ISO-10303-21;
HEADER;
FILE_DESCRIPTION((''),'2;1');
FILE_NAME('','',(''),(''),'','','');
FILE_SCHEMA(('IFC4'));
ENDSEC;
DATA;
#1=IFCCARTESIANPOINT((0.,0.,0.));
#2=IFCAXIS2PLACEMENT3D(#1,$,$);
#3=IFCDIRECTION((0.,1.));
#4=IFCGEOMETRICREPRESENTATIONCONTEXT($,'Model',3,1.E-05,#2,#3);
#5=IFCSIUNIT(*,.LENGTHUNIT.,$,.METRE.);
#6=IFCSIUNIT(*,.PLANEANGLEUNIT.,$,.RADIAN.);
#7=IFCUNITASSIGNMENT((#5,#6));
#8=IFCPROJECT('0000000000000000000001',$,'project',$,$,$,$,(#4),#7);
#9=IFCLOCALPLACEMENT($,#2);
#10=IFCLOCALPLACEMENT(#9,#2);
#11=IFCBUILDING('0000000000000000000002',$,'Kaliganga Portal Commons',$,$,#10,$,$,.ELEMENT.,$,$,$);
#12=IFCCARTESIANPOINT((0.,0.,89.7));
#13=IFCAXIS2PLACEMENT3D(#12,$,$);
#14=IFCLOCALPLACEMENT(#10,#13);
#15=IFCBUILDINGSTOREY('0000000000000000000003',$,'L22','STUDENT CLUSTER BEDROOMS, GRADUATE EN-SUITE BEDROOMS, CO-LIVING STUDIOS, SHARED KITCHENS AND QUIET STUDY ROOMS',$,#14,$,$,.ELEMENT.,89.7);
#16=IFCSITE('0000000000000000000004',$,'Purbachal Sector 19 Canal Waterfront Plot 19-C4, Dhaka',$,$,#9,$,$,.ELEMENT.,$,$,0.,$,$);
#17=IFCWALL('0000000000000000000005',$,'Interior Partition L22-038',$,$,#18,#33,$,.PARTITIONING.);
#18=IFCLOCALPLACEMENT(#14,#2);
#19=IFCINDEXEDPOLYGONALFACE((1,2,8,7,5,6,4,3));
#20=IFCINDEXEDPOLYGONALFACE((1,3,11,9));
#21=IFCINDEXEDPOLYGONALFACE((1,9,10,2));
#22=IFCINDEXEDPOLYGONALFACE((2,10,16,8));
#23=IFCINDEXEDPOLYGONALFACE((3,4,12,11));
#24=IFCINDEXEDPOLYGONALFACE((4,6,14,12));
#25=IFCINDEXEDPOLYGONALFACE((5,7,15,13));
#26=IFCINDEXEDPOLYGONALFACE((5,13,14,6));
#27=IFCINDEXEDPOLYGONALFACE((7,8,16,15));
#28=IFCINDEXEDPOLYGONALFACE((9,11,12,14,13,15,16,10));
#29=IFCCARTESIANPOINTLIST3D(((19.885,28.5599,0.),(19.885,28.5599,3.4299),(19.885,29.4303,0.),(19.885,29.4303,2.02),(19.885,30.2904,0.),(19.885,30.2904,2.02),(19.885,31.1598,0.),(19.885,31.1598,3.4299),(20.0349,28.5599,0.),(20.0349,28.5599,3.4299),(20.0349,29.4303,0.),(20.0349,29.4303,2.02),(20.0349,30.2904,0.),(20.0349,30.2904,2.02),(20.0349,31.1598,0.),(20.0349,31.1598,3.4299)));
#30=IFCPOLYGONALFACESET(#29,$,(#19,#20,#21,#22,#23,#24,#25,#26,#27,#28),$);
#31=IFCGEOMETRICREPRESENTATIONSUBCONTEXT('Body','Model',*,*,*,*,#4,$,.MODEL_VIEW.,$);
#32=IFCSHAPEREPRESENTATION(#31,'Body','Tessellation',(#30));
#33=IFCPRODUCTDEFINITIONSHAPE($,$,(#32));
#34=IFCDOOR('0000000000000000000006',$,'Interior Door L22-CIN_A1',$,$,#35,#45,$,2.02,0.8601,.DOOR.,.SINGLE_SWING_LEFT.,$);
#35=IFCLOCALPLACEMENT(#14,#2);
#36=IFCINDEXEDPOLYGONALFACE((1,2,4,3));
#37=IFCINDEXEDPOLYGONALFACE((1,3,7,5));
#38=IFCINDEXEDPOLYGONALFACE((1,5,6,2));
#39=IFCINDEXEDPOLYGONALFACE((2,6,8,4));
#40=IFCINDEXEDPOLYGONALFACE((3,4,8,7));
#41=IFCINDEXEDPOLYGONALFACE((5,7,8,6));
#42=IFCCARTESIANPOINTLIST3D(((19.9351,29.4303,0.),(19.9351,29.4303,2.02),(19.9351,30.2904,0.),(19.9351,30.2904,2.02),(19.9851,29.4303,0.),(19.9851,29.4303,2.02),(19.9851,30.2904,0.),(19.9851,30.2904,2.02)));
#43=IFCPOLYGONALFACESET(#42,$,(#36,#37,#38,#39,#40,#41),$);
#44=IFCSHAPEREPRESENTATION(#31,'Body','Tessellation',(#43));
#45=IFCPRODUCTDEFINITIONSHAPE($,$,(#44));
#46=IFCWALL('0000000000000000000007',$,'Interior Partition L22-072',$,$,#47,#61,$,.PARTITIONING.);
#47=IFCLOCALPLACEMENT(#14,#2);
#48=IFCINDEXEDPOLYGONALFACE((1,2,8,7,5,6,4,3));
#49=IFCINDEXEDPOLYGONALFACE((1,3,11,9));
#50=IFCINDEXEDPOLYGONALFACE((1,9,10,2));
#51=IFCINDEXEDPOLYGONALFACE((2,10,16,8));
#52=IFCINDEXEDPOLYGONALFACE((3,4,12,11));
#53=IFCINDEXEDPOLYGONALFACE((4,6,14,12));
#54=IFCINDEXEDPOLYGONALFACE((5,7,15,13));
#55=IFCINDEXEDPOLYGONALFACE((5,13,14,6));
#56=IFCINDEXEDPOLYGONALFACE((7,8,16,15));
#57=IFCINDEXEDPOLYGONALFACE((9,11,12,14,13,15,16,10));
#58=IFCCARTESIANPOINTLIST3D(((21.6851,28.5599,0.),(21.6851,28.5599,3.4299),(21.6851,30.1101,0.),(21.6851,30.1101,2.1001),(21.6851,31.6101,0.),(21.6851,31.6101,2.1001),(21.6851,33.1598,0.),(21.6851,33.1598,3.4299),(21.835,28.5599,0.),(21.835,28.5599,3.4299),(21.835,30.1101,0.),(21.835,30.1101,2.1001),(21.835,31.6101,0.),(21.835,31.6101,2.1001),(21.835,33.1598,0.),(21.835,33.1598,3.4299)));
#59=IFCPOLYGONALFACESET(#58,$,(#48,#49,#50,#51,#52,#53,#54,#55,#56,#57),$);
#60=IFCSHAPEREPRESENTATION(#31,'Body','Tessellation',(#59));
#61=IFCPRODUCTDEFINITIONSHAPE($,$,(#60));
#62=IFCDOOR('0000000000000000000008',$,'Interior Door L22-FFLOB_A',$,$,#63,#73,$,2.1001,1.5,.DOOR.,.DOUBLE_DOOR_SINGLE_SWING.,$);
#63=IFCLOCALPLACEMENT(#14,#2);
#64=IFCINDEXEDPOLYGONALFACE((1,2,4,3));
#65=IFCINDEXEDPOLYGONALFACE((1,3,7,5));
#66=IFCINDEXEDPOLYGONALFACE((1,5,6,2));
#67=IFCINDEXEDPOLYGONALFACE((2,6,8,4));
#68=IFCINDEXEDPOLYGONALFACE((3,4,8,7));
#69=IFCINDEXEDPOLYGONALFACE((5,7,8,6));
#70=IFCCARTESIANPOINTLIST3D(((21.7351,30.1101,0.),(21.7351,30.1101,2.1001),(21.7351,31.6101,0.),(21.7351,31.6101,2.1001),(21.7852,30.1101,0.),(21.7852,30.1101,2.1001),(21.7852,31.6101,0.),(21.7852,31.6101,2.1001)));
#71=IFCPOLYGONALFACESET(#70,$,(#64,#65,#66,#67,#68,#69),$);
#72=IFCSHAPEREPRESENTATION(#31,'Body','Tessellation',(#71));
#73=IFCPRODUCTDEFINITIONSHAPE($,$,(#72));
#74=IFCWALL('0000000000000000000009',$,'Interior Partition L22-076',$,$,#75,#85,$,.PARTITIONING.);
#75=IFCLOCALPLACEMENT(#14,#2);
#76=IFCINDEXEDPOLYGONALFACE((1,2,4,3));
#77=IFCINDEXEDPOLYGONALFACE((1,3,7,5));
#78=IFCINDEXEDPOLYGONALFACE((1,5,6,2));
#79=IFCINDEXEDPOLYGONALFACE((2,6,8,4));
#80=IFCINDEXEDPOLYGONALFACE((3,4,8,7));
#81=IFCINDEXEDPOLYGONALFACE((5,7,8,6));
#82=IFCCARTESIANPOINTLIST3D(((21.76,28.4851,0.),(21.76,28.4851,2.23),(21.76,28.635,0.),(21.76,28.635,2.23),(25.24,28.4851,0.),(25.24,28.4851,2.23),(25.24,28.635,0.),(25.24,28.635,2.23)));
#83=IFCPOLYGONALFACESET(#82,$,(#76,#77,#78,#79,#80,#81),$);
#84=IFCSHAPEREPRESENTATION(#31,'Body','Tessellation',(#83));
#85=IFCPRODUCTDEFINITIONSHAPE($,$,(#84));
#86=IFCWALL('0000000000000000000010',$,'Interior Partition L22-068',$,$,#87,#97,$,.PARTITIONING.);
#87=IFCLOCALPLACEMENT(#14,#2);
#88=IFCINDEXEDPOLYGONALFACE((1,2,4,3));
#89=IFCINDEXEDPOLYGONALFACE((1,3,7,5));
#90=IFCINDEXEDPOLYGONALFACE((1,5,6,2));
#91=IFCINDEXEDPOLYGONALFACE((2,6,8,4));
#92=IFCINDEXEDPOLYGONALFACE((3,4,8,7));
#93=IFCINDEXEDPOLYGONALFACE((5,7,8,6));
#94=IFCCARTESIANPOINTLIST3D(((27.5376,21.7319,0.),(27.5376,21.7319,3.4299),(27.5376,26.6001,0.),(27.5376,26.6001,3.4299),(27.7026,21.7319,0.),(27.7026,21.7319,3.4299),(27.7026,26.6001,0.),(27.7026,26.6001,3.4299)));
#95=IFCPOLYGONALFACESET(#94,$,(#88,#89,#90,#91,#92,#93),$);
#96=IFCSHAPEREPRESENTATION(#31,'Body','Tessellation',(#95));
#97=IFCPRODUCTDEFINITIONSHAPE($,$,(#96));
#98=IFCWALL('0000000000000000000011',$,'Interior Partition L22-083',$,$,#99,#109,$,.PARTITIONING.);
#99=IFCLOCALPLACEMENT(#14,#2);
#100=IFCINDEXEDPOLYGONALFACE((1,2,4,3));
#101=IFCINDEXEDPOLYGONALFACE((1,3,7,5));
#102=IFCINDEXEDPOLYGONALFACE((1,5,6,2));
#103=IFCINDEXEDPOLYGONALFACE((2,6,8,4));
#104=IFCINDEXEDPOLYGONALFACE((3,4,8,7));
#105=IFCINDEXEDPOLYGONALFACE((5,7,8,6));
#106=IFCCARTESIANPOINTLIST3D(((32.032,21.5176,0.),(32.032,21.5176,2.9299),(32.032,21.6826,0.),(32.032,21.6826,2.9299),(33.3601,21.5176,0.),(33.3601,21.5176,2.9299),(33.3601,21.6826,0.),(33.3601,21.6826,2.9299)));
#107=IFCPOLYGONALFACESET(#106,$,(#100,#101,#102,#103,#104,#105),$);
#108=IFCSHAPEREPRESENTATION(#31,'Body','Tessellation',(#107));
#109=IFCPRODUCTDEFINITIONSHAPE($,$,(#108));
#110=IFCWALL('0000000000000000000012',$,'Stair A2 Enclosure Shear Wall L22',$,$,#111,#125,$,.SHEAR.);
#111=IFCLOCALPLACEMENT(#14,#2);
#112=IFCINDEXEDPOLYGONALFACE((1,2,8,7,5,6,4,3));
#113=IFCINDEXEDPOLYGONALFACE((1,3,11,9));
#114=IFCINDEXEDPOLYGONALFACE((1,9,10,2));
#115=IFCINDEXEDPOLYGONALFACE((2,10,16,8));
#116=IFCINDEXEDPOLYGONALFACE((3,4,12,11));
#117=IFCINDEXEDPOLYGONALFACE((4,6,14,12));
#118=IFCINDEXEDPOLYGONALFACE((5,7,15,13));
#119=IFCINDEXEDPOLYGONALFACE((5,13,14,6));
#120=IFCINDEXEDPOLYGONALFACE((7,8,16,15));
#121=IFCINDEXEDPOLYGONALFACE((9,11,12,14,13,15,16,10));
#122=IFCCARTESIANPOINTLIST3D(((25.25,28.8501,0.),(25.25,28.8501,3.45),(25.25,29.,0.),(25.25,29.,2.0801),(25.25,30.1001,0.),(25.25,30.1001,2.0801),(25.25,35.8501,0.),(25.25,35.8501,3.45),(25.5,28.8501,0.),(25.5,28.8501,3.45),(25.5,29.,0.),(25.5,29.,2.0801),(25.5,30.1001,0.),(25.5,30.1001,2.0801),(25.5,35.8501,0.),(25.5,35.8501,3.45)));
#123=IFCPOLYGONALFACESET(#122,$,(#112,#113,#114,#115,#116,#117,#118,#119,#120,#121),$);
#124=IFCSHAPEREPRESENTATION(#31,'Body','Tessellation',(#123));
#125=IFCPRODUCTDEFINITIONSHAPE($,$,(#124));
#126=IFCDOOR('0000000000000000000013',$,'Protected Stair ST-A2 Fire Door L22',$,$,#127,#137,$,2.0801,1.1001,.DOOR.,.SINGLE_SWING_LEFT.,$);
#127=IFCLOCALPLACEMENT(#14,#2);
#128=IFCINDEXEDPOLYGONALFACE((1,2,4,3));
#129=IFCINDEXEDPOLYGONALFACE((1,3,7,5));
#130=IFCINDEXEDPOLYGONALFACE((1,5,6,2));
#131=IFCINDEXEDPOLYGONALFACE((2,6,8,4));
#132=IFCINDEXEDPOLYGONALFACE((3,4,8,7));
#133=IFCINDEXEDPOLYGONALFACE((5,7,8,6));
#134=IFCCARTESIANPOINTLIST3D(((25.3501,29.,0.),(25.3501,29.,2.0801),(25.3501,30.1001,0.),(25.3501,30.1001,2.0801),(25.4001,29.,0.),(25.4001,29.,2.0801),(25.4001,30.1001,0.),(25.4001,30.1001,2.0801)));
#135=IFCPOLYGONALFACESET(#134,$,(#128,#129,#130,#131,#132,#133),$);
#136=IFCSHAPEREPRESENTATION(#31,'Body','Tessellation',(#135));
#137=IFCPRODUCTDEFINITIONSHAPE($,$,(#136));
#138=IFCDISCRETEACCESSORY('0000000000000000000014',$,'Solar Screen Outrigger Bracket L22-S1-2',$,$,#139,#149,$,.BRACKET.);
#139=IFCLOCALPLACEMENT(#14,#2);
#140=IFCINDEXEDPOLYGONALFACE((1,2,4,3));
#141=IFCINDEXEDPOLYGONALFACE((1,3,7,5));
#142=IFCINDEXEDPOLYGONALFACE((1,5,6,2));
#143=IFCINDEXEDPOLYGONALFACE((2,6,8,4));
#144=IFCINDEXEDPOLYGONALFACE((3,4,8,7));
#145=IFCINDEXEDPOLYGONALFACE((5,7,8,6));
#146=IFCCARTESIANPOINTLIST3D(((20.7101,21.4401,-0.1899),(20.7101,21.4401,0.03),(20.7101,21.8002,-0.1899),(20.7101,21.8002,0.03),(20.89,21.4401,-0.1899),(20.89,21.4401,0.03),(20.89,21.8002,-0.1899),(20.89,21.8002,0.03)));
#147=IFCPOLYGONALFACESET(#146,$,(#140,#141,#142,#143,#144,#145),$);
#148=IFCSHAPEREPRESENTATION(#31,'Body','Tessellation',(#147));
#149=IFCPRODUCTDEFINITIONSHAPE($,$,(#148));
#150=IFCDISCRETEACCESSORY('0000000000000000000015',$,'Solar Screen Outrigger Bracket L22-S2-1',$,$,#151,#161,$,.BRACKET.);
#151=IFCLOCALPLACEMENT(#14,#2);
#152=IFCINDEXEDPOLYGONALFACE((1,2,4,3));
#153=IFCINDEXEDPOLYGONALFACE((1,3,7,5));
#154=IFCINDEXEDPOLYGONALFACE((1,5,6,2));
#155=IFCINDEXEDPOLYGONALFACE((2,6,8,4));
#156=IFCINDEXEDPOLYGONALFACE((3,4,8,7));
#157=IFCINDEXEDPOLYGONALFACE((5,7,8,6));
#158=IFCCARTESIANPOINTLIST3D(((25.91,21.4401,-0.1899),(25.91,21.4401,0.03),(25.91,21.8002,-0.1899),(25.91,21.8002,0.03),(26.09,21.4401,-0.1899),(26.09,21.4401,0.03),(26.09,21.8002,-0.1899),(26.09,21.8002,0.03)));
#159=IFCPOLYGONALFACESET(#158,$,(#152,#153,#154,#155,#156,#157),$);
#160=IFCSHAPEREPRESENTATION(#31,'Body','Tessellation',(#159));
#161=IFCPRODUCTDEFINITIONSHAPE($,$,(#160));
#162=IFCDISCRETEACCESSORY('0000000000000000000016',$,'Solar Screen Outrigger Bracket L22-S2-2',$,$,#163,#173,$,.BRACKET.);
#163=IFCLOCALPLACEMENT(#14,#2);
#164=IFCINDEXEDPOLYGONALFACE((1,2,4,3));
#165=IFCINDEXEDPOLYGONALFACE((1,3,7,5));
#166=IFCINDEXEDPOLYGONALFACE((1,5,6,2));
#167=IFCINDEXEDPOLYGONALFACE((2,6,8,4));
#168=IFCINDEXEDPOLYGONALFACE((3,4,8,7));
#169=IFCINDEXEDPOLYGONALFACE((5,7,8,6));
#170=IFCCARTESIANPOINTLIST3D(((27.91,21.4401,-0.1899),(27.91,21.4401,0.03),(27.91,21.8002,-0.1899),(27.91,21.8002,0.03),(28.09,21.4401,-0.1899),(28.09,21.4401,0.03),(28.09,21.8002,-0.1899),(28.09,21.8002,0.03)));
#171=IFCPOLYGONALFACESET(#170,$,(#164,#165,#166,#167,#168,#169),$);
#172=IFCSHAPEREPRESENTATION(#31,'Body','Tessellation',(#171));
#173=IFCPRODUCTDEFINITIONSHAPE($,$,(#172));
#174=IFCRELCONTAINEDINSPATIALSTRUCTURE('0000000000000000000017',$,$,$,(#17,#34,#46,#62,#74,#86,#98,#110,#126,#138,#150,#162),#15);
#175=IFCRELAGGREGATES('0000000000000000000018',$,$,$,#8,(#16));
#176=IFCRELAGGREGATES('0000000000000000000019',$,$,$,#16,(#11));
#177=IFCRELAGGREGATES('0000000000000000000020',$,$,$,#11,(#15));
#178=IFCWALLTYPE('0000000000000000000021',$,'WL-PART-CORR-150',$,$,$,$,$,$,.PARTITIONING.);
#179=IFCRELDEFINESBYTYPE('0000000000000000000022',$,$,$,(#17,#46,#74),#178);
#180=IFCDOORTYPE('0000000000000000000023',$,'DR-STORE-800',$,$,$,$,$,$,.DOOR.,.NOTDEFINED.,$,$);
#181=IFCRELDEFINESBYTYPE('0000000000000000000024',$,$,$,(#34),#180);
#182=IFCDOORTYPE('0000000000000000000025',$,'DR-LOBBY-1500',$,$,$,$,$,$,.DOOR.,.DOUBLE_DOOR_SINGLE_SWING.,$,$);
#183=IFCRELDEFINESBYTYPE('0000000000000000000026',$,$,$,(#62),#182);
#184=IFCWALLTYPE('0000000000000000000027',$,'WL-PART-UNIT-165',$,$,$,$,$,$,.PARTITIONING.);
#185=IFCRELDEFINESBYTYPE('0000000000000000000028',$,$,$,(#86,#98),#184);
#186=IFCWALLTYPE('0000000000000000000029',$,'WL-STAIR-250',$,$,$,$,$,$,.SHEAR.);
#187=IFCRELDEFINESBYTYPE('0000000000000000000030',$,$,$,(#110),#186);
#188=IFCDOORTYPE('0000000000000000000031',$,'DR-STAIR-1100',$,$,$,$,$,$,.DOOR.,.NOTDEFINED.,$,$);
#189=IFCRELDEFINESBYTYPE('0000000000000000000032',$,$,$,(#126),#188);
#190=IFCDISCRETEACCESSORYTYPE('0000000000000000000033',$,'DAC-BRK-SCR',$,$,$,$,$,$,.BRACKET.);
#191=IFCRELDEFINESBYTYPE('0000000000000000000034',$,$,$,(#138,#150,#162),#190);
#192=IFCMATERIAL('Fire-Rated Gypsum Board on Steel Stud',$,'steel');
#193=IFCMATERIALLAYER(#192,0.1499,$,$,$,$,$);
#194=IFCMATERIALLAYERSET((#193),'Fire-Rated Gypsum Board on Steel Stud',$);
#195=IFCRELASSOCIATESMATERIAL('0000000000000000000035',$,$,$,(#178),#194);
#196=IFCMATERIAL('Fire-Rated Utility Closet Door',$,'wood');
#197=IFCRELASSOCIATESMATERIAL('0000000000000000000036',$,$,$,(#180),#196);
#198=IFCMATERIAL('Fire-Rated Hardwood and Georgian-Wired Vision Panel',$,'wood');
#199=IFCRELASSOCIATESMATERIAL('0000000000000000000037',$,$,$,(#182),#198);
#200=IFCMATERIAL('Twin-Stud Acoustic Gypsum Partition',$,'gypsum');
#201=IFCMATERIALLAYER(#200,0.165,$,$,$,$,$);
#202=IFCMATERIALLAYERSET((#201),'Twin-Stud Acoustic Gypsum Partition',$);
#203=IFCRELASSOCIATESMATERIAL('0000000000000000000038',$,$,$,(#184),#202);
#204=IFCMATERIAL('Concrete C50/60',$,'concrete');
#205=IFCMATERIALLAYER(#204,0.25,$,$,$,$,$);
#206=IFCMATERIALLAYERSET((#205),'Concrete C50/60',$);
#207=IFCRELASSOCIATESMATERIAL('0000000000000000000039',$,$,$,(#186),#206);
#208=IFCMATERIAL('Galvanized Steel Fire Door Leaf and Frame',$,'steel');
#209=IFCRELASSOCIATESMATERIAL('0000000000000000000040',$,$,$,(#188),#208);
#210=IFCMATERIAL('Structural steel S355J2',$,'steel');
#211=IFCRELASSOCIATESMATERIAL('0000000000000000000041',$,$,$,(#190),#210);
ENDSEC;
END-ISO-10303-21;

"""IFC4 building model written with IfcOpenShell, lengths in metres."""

from ifc_helpers import new_model, si_unit, direction, frame, frame_2d, origin, origin_2d, place, context, subcontext, project, spatial, rectangle, extrude, source, transform, mapped, material, layer, layer_set, type_object, element, fill, save


model = new_model("IFC4")

# Units and contexts
model_context = context("Model", 3, precision=1e-05, world=origin(), true_north=direction((0.0, 1.0)))
body_context = subcontext(model_context, "Body", "Model", "MODEL_VIEW")
ifc_project = project(units=[si_unit("LENGTHUNIT", "METRE"), si_unit("PLANEANGLEUNIT", "RADIAN")], contexts=[model_context])

# Site, building, storey
site_placement = place(None, origin())
site = spatial("IfcSite", under=ifc_project, at=site_placement, Name="Purbachal Sector 19 Canal Waterfront Plot 19-C4, Dhaka", CompositionType="ELEMENT", RefElevation=0.0)
building_placement = place(site_placement, origin())
building = spatial("IfcBuilding", under=site, at=building_placement, Name="Kaliganga Portal Commons", CompositionType="ELEMENT")
storey_placement = place(building_placement, frame((0.0, 0.0, 89.7)))
storey = spatial("IfcBuildingStorey", under=building, at=storey_placement, Name="L22", Description="STUDENT CLUSTER BEDROOMS, GRADUATE EN-SUITE BEDROOMS, CO-LIVING STUDIOS, SHARED KITCHENS AND QUIET STUDY ROOMS", CompositionType="ELEMENT", Elevation=89.7)

# Shared definitions
ifc_material_1 = material(Name="Structural steel S355J2", Category="steel")

# Walls, openings, doors
ifc_material_2 = material(Name="Fire-Rated Gypsum Board on Steel Stud", Category="steel")
ifc_layer_1 = layer(ifc_material_2, 0.1499)
ifc_layer_set_1 = layer_set([ifc_layer_1], Name="Fire-Rated Gypsum Board on Steel Stud")
wall_type_1 = type_object("IfcWallType", Name="WL-PART-CORR-150", PredefinedType="PARTITIONING", material=ifc_layer_set_1)
ifc_material_3 = material(Name="Fire-Rated Utility Closet Door", Category="wood")
door_type_1 = type_object("IfcDoorType", Name="DR-STORE-800", OperationType="NOTDEFINED", PredefinedType="DOOR", material=ifc_material_3)
wall_1_placement = place(storey_placement, frame((19.96, 28.5601, 0.0), z_axis=(0.0, 0.0, 1.0), x_axis=(0.0, 1.0, 0.0)))
wall_1 = element("IfcWall", 1, at=wall_1_placement, inside=storey, type_object=wall_type_1, Name="Interior Partition L22-038", PredefinedType="PARTITIONING", context=body_context, shape_type="SweptSolid", body=[
    extrude(rectangle(XDim=2.5999, YDim=0.1499, at=frame_2d((1.2998, 0.0))), origin(), (0.0, 0.0, 1.0), 3.4299),
])
opening_1_placement = place(wall_1_placement, frame((0.8701, 0.0, 0.0)))
opening_1 = element("IfcOpeningElement", 2, at=opening_1_placement, cuts=wall_1, PredefinedType="OPENING", context=body_context, shape_type="SweptSolid", body=[
    extrude(rectangle(XDim=0.8601, YDim=2.02, at=frame_2d((0.4302, 1.01))), frame((0.0, 0.085, 0.0), z_axis=(0.0, -1.0, 0.0), x_axis=(1.0, 0.0, 0.0)), (0.0, 0.0, 1.0), 0.1699),
])
door_1_placement = place(opening_1_placement, origin())
door_1 = element("IfcDoor", 3, at=door_1_placement, inside=storey, type_object=door_type_1, Name="Interior Door L22-CIN_A1", OperationType="SINGLE_SWING_LEFT", OverallHeight=2.02, OverallWidth=0.8601, PredefinedType="DOOR", context=body_context, shape_type="SweptSolid", body=[
    extrude(rectangle(XDim=0.8601, YDim=2.02, at=frame_2d((0.4302, 1.01))), frame((0.0, 0.0249, 0.0), z_axis=(0.0, -1.0, 0.0), x_axis=(1.0, 0.0, 0.0)), (0.0, 0.0, 1.0), 0.05),
])
fill(opening_1, door_1)
wall_2_placement = place(storey_placement, frame((21.76, 28.5601, 0.0), z_axis=(0.0, 0.0, 1.0), x_axis=(0.0, 1.0, 0.0)))
wall_2 = element("IfcWall", 4, at=wall_2_placement, inside=storey, type_object=wall_type_1, Name="Interior Partition L22-072", PredefinedType="PARTITIONING", context=body_context, shape_type="SweptSolid", body=[
    extrude(rectangle(XDim=4.5999, YDim=0.1499, at=frame_2d((2.2998, 0.0))), origin(), (0.0, 0.0, 1.0), 3.4299),
])
opening_2_placement = place(wall_2_placement, frame((1.55, 0.0, 0.0)))
opening_2 = element("IfcOpeningElement", 5, at=opening_2_placement, cuts=wall_2, PredefinedType="OPENING", context=body_context, shape_type="SweptSolid", body=[
    extrude(rectangle(XDim=1.5, YDim=2.1001, at=frame_2d((0.75, 1.05))), frame((0.0, 0.085, 0.0), z_axis=(0.0, -1.0, 0.0), x_axis=(1.0, 0.0, 0.0)), (0.0, 0.0, 1.0), 0.1699),
])
ifc_material_4 = material(Name="Fire-Rated Hardwood and Georgian-Wired Vision Panel", Category="wood")
door_type_2 = type_object("IfcDoorType", Name="DR-LOBBY-1500", OperationType="DOUBLE_DOOR_SINGLE_SWING", PredefinedType="DOOR", material=ifc_material_4)
door_2_placement = place(opening_2_placement, origin())
door_2 = element("IfcDoor", 6, at=door_2_placement, inside=storey, type_object=door_type_2, Name="Interior Door L22-FFLOB_A", OperationType="DOUBLE_DOOR_SINGLE_SWING", OverallHeight=2.1001, OverallWidth=1.5, PredefinedType="DOOR", context=body_context, shape_type="SweptSolid", body=[
    extrude(rectangle(XDim=1.5, YDim=2.1001, at=frame_2d((0.75, 1.05))), frame((0.0, 0.0249, 0.0), z_axis=(0.0, -1.0, 0.0), x_axis=(1.0, 0.0, 0.0)), (0.0, 0.0, 1.0), 0.05),
])
fill(opening_2, door_2)

# Walls
wall_3_placement = place(storey_placement, frame((21.76, 28.5601, 0.0), z_axis=(0.0, 0.0, 1.0), x_axis=(1.0, 0.0, 0.0)))
element("IfcWall", 7, at=wall_3_placement, inside=storey, type_object=wall_type_1, Name="Interior Partition L22-076", PredefinedType="PARTITIONING", context=body_context, shape_type="SweptSolid", body=[
    extrude(rectangle(XDim=3.48, YDim=0.1499, at=frame_2d((1.74, 0.0))), origin(), (0.0, 0.0, 1.0), 2.23),
])
ifc_material_5 = material(Name="Twin-Stud Acoustic Gypsum Partition", Category="gypsum")
ifc_layer_2 = layer(ifc_material_5, 0.165)
ifc_layer_set_2 = layer_set([ifc_layer_2], Name="Twin-Stud Acoustic Gypsum Partition")
wall_type_2 = type_object("IfcWallType", Name="WL-PART-UNIT-165", PredefinedType="PARTITIONING", material=ifc_layer_set_2)
wall_4_placement = place(storey_placement, frame((27.6201, 21.7319, 0.0), z_axis=(0.0, 0.0, 1.0), x_axis=(0.0, 1.0, 0.0)))
element("IfcWall", 8, at=wall_4_placement, inside=storey, type_object=wall_type_2, Name="Interior Partition L22-068", PredefinedType="PARTITIONING", context=body_context, shape_type="SweptSolid", body=[
    extrude(rectangle(XDim=4.8682, YDim=0.165, at=frame_2d((2.4341, 0.0))), origin(), (0.0, 0.0, 1.0), 3.4299),
])
wall_5_placement = place(storey_placement, frame((32.032, 21.6001, 0.0), z_axis=(0.0, 0.0, 1.0), x_axis=(1.0, 0.0, 0.0)))
element("IfcWall", 9, at=wall_5_placement, inside=storey, type_object=wall_type_2, Name="Interior Partition L22-083", PredefinedType="PARTITIONING", context=body_context, shape_type="SweptSolid", body=[
    extrude(rectangle(XDim=1.3281, YDim=0.165, at=frame_2d((0.6641, 0.0))), origin(), (0.0, 0.0, 1.0), 2.9299),
])

# Wall, opening, door
ifc_material_6 = material(Name="Concrete C50/60", Category="concrete")
ifc_layer_3 = layer(ifc_material_6, 0.25)
ifc_layer_set_3 = layer_set([ifc_layer_3], Name="Concrete C50/60")
wall_type_3 = type_object("IfcWallType", Name="WL-STAIR-250", PredefinedType="SHEAR", material=ifc_layer_set_3)
wall_6_placement = place(storey_placement, frame((25.375, 28.8501, 0.0), z_axis=(0.0, 0.0, 1.0), x_axis=(0.0, 1.0, 0.0)))
wall_6 = element("IfcWall", 10, at=wall_6_placement, inside=storey, type_object=wall_type_3, Name="Stair A2 Enclosure Shear Wall L22", PredefinedType="SHEAR", context=body_context, shape_type="SweptSolid", body=[
    extrude(rectangle(XDim=7.0, YDim=0.25, at=frame_2d((3.5, 0.0))), origin(), (0.0, 0.0, 1.0), 3.45),
])
opening_3_placement = place(wall_6_placement, frame((0.1499, 0.0, 0.0)))
opening_3 = element("IfcOpeningElement", 11, at=opening_3_placement, cuts=wall_6, PredefinedType="OPENING", context=body_context, shape_type="SweptSolid", body=[
    extrude(rectangle(XDim=1.1001, YDim=2.0801, at=frame_2d((0.55, 1.04))), frame((0.0, 0.135, 0.0), z_axis=(0.0, -1.0, 0.0), x_axis=(1.0, 0.0, 0.0)), (0.0, 0.0, 1.0), 0.27),
])
ifc_material_7 = material(Name="Galvanized Steel Fire Door Leaf and Frame", Category="steel")
door_type_3 = type_object("IfcDoorType", Name="DR-STAIR-1100", OperationType="NOTDEFINED", PredefinedType="DOOR", material=ifc_material_7)
door_3_placement = place(opening_3_placement, origin())
door_3 = element("IfcDoor", 12, at=door_3_placement, inside=storey, type_object=door_type_3, Name="Protected Stair ST-A2 Fire Door L22", OperationType="SINGLE_SWING_LEFT", OverallHeight=2.0801, OverallWidth=1.1001, PredefinedType="DOOR", context=body_context, shape_type="SweptSolid", body=[
    extrude(rectangle(XDim=1.1001, YDim=2.0801, at=frame_2d((0.55, 1.04))), frame((0.0, 0.0249, 0.0), z_axis=(0.0, -1.0, 0.0), x_axis=(1.0, 0.0, 0.0)), (0.0, 0.0, 1.0), 0.05),
])
fill(opening_3, door_3)

# Discrete accessories
discrete_accessory_type = type_object("IfcDiscreteAccessoryType", Name="DAC-BRK-SCR", PredefinedType="BRACKET", material=ifc_material_1)
shared_shape_1 = source(origin(), body_context, "Body", "SweptSolid", [
    extrude(rectangle(XDim=0.1799, YDim=0.3601, at=origin_2d()), origin(), (0.0, 0.0, 1.0), 0.22),
])
for number, where, z_axis, x_axis, name in (
    (13, (20.8, 21.6201, -0.1899), (0.0, 0.0, 1.0), (1.0, 0.0, 0.0), "Solar Screen Outrigger Bracket L22-S1-2"),
    (14, (26.0, 21.6201, -0.1899), (0.0, 0.0, 1.0), (1.0, 0.0, 0.0), "Solar Screen Outrigger Bracket L22-S2-1"),
    (15, (28.0, 21.6201, -0.1899), (0.0, 0.0, 1.0), (1.0, 0.0, 0.0), "Solar Screen Outrigger Bracket L22-S2-2"),
):
    element("IfcDiscreteAccessory", number, at=place(storey_placement, frame(where, z_axis=z_axis, x_axis=x_axis)), inside=storey, type_object=discrete_accessory_type, Name=name, PredefinedType="BRACKET", context=body_context, shape_type="MappedRepresentation", body=[
        mapped(shared_shape_1, transform((0.0, 0.0, 0.0), x_axis=(1.0, 0.0, 0.0), y_axis=(0.0, 1.0, 0.0), z_axis=(0.0, 0.0, 1.0), scale=1.0)),
    ])

save(model, "model.ifc")
